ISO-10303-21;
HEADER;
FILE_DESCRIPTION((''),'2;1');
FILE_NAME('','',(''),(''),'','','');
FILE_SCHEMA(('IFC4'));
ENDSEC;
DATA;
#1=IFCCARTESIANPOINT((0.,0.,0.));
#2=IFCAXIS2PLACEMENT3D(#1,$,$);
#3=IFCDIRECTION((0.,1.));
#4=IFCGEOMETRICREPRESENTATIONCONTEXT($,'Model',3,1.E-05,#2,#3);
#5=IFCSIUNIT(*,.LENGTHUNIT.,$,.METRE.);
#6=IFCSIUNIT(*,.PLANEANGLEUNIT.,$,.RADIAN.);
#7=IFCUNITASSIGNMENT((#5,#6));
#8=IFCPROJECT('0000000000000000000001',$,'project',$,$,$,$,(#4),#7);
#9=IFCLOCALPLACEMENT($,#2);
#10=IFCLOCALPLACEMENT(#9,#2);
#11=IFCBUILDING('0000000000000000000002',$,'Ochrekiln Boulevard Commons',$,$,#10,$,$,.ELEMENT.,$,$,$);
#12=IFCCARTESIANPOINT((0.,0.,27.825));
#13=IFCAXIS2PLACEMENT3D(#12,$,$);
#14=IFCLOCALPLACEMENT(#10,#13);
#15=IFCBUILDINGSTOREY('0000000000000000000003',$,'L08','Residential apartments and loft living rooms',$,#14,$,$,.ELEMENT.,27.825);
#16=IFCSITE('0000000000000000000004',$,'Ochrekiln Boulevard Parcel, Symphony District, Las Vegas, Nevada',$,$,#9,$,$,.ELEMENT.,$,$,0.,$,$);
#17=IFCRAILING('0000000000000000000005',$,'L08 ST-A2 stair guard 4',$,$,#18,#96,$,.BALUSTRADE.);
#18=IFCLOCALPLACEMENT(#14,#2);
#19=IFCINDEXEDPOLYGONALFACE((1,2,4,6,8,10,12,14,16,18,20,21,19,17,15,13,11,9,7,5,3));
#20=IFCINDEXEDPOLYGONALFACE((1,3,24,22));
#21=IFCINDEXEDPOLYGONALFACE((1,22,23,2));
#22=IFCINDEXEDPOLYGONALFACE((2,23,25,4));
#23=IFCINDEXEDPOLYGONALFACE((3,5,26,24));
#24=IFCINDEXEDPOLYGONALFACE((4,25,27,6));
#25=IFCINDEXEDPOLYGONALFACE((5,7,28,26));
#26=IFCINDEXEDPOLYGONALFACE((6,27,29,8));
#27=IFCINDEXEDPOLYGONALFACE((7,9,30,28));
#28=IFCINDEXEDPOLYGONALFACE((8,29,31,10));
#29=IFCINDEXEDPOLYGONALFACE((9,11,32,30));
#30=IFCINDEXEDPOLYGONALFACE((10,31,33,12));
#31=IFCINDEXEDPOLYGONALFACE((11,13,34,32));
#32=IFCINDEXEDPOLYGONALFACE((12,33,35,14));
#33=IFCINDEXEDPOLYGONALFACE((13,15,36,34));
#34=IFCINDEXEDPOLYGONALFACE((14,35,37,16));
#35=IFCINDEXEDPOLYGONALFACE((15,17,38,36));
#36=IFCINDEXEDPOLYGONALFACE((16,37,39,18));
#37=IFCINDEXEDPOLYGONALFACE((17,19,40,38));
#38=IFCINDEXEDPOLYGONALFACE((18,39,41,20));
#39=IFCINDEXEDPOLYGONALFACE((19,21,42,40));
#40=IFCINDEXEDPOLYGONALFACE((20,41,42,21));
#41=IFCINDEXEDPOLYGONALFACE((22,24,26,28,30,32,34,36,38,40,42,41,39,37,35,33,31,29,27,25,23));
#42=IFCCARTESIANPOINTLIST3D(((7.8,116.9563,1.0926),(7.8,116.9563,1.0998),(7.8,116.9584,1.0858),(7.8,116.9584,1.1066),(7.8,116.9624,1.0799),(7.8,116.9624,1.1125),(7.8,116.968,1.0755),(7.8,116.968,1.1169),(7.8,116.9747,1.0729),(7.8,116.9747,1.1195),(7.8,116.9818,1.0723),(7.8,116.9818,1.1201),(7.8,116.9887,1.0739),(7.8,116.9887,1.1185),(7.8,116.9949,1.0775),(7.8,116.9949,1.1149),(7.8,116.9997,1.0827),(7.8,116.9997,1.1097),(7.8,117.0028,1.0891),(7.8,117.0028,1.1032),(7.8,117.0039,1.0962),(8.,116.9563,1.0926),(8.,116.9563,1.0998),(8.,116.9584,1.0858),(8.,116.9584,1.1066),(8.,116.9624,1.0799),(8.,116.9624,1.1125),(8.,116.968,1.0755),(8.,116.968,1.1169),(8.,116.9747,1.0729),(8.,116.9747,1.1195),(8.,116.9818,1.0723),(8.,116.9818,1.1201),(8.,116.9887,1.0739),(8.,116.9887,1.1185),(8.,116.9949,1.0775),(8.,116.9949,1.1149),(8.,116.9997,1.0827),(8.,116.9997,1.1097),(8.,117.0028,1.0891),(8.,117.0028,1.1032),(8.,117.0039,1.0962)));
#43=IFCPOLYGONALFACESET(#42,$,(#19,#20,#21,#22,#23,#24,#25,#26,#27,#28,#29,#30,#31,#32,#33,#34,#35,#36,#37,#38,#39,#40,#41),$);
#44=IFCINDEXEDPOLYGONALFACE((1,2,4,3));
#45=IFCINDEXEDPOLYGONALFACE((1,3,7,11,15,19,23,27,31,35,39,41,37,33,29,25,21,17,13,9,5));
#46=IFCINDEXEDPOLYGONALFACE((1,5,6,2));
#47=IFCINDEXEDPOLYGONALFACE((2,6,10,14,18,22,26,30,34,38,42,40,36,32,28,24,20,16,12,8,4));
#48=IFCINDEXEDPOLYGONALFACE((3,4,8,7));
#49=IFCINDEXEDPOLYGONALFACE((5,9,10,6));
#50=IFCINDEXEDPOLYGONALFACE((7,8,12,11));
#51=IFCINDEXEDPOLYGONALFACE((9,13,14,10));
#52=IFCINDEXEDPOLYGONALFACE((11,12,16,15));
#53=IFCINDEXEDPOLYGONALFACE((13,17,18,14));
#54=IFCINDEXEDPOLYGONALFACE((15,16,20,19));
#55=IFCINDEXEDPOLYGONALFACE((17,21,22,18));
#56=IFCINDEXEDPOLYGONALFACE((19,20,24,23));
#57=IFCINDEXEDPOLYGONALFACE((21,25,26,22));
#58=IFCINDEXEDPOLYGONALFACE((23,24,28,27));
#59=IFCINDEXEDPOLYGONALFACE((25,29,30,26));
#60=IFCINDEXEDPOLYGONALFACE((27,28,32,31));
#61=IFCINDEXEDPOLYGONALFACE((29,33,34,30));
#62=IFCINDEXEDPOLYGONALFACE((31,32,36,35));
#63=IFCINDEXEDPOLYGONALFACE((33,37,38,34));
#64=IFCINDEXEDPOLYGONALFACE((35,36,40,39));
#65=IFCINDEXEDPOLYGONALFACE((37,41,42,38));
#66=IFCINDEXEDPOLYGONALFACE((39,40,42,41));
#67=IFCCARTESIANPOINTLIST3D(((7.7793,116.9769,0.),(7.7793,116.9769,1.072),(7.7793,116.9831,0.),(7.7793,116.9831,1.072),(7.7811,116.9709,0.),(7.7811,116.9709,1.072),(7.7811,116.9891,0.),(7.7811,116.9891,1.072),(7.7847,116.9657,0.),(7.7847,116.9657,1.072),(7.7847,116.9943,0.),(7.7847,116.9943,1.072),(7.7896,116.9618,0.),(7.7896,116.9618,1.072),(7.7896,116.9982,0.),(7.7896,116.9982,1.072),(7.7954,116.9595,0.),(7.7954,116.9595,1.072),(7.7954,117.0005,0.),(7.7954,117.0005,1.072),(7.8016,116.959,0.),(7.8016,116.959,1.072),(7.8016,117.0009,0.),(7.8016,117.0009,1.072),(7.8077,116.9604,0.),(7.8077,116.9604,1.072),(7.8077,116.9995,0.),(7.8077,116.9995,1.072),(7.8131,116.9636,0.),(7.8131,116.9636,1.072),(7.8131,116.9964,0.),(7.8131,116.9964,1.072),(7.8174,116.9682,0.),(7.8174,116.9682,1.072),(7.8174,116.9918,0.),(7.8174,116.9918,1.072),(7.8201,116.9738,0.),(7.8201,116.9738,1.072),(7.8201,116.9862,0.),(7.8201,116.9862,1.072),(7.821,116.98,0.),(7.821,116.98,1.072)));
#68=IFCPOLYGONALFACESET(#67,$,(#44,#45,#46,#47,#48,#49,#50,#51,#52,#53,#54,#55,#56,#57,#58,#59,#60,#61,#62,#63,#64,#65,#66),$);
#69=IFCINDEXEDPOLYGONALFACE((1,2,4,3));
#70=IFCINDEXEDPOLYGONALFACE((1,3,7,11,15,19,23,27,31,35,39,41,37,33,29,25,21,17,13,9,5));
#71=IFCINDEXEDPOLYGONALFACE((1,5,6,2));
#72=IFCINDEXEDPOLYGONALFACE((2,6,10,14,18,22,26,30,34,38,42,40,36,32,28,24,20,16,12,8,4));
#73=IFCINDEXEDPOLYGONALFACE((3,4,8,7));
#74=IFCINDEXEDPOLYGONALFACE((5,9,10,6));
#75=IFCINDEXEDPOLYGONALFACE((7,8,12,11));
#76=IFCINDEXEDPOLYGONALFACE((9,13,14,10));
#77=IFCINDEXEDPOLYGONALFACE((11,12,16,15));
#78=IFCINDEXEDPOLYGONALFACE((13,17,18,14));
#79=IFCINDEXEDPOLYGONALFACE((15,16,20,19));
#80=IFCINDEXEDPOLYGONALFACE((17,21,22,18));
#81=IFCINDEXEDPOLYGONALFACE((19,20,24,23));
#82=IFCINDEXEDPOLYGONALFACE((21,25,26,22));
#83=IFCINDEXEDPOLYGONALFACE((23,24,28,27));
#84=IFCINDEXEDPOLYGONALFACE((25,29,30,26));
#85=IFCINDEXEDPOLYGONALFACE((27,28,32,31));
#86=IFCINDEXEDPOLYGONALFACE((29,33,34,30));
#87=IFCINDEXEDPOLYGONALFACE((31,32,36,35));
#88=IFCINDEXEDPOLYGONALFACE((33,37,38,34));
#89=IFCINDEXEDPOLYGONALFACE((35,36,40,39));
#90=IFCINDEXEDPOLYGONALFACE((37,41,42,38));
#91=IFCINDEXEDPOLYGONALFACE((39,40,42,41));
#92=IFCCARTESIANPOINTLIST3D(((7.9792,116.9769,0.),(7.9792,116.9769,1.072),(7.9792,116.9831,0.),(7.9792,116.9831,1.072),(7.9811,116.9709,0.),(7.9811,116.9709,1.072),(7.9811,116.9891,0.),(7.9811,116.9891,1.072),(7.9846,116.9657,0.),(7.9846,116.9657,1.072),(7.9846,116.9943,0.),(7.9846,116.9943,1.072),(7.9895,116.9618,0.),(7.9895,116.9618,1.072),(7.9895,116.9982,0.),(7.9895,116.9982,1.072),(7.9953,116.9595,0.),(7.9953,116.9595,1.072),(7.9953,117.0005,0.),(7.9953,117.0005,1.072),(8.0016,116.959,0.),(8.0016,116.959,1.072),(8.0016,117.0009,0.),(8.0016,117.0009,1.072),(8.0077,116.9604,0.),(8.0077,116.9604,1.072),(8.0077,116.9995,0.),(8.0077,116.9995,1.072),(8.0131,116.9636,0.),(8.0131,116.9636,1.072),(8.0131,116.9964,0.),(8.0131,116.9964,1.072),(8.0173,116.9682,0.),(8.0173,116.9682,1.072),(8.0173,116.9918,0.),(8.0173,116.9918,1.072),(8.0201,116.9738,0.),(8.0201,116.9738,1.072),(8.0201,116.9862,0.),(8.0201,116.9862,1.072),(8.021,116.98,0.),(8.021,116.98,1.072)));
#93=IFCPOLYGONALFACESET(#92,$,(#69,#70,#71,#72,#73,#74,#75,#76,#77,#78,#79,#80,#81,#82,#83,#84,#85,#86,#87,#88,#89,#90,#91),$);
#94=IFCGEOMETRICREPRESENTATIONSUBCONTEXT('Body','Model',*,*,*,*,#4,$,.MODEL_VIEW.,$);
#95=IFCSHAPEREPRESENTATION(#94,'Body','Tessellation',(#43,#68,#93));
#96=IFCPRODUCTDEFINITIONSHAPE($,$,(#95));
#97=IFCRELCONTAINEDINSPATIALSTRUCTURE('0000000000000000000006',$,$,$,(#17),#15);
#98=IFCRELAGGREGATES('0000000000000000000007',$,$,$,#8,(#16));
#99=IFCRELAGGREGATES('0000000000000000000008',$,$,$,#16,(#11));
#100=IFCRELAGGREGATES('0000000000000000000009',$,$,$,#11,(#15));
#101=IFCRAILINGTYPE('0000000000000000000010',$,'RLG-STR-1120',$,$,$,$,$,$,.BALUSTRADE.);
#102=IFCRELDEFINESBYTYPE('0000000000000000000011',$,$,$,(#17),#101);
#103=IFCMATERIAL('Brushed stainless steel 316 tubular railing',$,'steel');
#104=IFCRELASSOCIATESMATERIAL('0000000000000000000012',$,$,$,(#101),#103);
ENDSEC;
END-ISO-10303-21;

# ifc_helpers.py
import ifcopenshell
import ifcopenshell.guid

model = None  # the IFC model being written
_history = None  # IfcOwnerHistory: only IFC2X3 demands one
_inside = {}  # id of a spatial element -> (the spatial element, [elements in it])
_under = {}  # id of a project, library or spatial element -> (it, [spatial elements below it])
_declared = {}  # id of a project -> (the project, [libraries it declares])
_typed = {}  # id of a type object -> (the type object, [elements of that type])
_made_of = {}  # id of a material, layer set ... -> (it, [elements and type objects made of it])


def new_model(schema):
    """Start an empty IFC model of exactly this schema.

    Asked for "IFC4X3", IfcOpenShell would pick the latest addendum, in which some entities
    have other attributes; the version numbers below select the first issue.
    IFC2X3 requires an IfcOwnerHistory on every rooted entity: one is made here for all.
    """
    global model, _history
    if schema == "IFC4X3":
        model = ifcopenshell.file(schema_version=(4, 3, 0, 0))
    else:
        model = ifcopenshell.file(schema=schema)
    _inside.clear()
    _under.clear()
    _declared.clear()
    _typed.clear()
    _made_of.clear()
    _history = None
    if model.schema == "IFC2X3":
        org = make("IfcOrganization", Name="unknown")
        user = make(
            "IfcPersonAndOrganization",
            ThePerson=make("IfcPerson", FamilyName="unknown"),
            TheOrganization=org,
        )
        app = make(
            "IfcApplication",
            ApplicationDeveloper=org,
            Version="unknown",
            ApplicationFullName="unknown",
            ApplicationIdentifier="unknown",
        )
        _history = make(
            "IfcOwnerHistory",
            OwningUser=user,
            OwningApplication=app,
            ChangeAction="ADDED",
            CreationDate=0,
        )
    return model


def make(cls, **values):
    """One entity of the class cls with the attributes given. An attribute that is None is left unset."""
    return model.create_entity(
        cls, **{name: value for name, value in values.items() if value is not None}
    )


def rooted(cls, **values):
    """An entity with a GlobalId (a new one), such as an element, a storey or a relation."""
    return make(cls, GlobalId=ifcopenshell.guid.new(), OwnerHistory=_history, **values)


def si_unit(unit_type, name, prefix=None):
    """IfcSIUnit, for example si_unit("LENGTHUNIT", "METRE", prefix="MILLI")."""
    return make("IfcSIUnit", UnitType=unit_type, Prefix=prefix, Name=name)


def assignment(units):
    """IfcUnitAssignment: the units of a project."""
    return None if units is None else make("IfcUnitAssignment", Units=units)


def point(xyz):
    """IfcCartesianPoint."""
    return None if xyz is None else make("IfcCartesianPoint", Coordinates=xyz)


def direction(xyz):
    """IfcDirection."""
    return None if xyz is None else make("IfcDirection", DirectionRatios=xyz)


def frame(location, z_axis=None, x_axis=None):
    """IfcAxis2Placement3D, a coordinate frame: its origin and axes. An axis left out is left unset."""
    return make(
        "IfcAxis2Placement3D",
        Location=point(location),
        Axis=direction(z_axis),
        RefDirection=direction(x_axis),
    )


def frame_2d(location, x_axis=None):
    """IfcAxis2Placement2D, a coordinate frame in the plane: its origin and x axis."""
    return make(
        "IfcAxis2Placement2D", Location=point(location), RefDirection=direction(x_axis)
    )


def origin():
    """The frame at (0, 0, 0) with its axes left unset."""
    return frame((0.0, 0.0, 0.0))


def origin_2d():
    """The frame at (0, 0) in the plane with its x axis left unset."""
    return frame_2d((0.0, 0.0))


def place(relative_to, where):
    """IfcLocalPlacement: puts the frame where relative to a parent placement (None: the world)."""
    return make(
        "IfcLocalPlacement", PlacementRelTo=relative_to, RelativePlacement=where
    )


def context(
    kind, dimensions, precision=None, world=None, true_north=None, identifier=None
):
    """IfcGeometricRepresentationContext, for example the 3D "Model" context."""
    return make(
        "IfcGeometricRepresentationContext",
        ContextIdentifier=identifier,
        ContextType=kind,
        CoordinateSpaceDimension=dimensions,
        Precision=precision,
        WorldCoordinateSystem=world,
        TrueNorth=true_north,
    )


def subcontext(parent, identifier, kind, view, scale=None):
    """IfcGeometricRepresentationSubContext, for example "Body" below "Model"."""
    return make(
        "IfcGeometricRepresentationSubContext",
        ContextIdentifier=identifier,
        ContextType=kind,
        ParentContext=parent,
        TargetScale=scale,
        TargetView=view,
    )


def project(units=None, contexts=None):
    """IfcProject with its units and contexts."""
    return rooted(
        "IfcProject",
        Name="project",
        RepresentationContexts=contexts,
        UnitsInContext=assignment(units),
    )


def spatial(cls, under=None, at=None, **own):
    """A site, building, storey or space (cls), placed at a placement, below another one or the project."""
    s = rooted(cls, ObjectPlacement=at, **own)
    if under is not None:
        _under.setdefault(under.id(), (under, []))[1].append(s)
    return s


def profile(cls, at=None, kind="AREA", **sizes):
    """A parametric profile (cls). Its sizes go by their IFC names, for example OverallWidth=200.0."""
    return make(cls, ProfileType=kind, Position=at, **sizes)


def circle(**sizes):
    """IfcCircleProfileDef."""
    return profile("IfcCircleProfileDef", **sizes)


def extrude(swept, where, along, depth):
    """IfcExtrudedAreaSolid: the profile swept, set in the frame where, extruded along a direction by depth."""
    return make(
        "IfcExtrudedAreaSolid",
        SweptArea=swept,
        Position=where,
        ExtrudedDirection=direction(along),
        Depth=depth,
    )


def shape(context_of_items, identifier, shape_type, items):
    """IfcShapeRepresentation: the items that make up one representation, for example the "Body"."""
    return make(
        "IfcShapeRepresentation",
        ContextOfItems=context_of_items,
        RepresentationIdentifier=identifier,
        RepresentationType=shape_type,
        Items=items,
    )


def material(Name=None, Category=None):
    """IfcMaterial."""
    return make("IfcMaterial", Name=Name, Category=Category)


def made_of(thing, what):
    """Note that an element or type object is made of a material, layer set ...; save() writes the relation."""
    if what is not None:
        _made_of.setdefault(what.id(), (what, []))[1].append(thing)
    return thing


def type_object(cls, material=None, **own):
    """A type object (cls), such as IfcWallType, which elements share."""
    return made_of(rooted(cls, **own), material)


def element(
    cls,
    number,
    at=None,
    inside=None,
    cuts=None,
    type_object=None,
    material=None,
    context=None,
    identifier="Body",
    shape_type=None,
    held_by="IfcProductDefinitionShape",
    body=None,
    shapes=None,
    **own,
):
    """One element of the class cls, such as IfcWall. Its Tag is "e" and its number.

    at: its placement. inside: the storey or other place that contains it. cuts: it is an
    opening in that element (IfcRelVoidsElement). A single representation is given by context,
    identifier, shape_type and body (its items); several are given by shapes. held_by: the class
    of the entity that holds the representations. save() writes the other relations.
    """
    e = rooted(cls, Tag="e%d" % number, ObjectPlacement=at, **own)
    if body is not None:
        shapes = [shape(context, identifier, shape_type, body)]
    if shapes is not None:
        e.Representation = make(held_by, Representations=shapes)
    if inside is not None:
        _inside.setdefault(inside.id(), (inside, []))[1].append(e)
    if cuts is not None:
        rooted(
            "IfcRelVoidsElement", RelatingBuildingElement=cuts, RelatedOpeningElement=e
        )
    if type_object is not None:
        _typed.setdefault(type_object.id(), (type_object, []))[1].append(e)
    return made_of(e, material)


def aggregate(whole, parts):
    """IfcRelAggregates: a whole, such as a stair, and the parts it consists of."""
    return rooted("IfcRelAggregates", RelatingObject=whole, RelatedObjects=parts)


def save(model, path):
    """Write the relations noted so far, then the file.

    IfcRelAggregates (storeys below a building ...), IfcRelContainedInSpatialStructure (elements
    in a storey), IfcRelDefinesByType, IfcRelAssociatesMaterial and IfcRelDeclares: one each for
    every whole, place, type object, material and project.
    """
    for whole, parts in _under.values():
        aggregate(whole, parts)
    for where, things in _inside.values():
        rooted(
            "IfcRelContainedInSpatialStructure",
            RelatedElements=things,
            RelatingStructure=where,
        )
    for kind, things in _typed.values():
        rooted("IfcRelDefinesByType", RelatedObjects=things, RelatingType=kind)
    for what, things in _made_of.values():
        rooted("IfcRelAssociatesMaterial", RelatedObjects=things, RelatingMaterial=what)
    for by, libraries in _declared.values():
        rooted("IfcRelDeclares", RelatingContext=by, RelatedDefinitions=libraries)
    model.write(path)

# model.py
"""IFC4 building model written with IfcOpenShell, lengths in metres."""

from ifc_helpers import new_model, si_unit, direction, frame, origin, origin_2d, place, context, subcontext, project, spatial, circle, extrude, material, type_object, element, save


model = new_model("IFC4")

# Units and contexts
model_context = context("Model", 3, precision=1e-05, world=origin(), true_north=direction((0.0, 1.0)))
body_context = subcontext(model_context, "Body", "Model", "MODEL_VIEW")
ifc_project = project(units=[si_unit("LENGTHUNIT", "METRE"), si_unit("PLANEANGLEUNIT", "RADIAN")], contexts=[model_context])

# Site, building, storey
site_placement = place(None, origin())
site = spatial("IfcSite", under=ifc_project, at=site_placement, Name="Ochrekiln Boulevard Parcel, Symphony District, Las Vegas, Nevada", CompositionType="ELEMENT", RefElevation=0.0)
building_placement = place(site_placement, origin())
building = spatial("IfcBuilding", under=site, at=building_placement, Name="Ochrekiln Boulevard Commons", CompositionType="ELEMENT")
storey_placement = place(building_placement, frame((0.0, 0.0, 27.825)))
storey = spatial("IfcBuildingStorey", under=building, at=storey_placement, Name="L08", Description="Residential apartments and loft living rooms", CompositionType="ELEMENT", Elevation=27.825)

# Railing
ifc_material_1 = material(Name="Brushed stainless steel 316 tubular railing", Category="steel")
railing_type_1 = type_object("IfcRailingType", Name="RLG-STR-1120", PredefinedType="BALUSTRADE", material=ifc_material_1)
railing_1_placement = place(storey_placement, frame((7.8, 116.98, 0.0)))
element("IfcRailing", 1, at=railing_1_placement, inside=storey, type_object=railing_type_1, Name="L08 ST-A2 stair guard 4", PredefinedType="BALUSTRADE", context=body_context, shape_type="SweptSolid", body=[
    extrude(circle(Radius=0.0239, at=origin_2d()), frame((0.0, 0.0, 1.0962), z_axis=(1.0, 0.0, 0.0), x_axis=(0.0, 1.0, 0.0)), (0.0, 0.0, 1.0), 0.2),
    extrude(circle(Radius=0.021, at=origin_2d()), origin(), (0.0, 0.0, 1.0), 1.072),
    extrude(circle(Radius=0.021, at=origin_2d()), frame((0.2, 0.0, 0.0)), (0.0, 0.0, 1.0), 1.072),
])

save(model, "model.ifc")
